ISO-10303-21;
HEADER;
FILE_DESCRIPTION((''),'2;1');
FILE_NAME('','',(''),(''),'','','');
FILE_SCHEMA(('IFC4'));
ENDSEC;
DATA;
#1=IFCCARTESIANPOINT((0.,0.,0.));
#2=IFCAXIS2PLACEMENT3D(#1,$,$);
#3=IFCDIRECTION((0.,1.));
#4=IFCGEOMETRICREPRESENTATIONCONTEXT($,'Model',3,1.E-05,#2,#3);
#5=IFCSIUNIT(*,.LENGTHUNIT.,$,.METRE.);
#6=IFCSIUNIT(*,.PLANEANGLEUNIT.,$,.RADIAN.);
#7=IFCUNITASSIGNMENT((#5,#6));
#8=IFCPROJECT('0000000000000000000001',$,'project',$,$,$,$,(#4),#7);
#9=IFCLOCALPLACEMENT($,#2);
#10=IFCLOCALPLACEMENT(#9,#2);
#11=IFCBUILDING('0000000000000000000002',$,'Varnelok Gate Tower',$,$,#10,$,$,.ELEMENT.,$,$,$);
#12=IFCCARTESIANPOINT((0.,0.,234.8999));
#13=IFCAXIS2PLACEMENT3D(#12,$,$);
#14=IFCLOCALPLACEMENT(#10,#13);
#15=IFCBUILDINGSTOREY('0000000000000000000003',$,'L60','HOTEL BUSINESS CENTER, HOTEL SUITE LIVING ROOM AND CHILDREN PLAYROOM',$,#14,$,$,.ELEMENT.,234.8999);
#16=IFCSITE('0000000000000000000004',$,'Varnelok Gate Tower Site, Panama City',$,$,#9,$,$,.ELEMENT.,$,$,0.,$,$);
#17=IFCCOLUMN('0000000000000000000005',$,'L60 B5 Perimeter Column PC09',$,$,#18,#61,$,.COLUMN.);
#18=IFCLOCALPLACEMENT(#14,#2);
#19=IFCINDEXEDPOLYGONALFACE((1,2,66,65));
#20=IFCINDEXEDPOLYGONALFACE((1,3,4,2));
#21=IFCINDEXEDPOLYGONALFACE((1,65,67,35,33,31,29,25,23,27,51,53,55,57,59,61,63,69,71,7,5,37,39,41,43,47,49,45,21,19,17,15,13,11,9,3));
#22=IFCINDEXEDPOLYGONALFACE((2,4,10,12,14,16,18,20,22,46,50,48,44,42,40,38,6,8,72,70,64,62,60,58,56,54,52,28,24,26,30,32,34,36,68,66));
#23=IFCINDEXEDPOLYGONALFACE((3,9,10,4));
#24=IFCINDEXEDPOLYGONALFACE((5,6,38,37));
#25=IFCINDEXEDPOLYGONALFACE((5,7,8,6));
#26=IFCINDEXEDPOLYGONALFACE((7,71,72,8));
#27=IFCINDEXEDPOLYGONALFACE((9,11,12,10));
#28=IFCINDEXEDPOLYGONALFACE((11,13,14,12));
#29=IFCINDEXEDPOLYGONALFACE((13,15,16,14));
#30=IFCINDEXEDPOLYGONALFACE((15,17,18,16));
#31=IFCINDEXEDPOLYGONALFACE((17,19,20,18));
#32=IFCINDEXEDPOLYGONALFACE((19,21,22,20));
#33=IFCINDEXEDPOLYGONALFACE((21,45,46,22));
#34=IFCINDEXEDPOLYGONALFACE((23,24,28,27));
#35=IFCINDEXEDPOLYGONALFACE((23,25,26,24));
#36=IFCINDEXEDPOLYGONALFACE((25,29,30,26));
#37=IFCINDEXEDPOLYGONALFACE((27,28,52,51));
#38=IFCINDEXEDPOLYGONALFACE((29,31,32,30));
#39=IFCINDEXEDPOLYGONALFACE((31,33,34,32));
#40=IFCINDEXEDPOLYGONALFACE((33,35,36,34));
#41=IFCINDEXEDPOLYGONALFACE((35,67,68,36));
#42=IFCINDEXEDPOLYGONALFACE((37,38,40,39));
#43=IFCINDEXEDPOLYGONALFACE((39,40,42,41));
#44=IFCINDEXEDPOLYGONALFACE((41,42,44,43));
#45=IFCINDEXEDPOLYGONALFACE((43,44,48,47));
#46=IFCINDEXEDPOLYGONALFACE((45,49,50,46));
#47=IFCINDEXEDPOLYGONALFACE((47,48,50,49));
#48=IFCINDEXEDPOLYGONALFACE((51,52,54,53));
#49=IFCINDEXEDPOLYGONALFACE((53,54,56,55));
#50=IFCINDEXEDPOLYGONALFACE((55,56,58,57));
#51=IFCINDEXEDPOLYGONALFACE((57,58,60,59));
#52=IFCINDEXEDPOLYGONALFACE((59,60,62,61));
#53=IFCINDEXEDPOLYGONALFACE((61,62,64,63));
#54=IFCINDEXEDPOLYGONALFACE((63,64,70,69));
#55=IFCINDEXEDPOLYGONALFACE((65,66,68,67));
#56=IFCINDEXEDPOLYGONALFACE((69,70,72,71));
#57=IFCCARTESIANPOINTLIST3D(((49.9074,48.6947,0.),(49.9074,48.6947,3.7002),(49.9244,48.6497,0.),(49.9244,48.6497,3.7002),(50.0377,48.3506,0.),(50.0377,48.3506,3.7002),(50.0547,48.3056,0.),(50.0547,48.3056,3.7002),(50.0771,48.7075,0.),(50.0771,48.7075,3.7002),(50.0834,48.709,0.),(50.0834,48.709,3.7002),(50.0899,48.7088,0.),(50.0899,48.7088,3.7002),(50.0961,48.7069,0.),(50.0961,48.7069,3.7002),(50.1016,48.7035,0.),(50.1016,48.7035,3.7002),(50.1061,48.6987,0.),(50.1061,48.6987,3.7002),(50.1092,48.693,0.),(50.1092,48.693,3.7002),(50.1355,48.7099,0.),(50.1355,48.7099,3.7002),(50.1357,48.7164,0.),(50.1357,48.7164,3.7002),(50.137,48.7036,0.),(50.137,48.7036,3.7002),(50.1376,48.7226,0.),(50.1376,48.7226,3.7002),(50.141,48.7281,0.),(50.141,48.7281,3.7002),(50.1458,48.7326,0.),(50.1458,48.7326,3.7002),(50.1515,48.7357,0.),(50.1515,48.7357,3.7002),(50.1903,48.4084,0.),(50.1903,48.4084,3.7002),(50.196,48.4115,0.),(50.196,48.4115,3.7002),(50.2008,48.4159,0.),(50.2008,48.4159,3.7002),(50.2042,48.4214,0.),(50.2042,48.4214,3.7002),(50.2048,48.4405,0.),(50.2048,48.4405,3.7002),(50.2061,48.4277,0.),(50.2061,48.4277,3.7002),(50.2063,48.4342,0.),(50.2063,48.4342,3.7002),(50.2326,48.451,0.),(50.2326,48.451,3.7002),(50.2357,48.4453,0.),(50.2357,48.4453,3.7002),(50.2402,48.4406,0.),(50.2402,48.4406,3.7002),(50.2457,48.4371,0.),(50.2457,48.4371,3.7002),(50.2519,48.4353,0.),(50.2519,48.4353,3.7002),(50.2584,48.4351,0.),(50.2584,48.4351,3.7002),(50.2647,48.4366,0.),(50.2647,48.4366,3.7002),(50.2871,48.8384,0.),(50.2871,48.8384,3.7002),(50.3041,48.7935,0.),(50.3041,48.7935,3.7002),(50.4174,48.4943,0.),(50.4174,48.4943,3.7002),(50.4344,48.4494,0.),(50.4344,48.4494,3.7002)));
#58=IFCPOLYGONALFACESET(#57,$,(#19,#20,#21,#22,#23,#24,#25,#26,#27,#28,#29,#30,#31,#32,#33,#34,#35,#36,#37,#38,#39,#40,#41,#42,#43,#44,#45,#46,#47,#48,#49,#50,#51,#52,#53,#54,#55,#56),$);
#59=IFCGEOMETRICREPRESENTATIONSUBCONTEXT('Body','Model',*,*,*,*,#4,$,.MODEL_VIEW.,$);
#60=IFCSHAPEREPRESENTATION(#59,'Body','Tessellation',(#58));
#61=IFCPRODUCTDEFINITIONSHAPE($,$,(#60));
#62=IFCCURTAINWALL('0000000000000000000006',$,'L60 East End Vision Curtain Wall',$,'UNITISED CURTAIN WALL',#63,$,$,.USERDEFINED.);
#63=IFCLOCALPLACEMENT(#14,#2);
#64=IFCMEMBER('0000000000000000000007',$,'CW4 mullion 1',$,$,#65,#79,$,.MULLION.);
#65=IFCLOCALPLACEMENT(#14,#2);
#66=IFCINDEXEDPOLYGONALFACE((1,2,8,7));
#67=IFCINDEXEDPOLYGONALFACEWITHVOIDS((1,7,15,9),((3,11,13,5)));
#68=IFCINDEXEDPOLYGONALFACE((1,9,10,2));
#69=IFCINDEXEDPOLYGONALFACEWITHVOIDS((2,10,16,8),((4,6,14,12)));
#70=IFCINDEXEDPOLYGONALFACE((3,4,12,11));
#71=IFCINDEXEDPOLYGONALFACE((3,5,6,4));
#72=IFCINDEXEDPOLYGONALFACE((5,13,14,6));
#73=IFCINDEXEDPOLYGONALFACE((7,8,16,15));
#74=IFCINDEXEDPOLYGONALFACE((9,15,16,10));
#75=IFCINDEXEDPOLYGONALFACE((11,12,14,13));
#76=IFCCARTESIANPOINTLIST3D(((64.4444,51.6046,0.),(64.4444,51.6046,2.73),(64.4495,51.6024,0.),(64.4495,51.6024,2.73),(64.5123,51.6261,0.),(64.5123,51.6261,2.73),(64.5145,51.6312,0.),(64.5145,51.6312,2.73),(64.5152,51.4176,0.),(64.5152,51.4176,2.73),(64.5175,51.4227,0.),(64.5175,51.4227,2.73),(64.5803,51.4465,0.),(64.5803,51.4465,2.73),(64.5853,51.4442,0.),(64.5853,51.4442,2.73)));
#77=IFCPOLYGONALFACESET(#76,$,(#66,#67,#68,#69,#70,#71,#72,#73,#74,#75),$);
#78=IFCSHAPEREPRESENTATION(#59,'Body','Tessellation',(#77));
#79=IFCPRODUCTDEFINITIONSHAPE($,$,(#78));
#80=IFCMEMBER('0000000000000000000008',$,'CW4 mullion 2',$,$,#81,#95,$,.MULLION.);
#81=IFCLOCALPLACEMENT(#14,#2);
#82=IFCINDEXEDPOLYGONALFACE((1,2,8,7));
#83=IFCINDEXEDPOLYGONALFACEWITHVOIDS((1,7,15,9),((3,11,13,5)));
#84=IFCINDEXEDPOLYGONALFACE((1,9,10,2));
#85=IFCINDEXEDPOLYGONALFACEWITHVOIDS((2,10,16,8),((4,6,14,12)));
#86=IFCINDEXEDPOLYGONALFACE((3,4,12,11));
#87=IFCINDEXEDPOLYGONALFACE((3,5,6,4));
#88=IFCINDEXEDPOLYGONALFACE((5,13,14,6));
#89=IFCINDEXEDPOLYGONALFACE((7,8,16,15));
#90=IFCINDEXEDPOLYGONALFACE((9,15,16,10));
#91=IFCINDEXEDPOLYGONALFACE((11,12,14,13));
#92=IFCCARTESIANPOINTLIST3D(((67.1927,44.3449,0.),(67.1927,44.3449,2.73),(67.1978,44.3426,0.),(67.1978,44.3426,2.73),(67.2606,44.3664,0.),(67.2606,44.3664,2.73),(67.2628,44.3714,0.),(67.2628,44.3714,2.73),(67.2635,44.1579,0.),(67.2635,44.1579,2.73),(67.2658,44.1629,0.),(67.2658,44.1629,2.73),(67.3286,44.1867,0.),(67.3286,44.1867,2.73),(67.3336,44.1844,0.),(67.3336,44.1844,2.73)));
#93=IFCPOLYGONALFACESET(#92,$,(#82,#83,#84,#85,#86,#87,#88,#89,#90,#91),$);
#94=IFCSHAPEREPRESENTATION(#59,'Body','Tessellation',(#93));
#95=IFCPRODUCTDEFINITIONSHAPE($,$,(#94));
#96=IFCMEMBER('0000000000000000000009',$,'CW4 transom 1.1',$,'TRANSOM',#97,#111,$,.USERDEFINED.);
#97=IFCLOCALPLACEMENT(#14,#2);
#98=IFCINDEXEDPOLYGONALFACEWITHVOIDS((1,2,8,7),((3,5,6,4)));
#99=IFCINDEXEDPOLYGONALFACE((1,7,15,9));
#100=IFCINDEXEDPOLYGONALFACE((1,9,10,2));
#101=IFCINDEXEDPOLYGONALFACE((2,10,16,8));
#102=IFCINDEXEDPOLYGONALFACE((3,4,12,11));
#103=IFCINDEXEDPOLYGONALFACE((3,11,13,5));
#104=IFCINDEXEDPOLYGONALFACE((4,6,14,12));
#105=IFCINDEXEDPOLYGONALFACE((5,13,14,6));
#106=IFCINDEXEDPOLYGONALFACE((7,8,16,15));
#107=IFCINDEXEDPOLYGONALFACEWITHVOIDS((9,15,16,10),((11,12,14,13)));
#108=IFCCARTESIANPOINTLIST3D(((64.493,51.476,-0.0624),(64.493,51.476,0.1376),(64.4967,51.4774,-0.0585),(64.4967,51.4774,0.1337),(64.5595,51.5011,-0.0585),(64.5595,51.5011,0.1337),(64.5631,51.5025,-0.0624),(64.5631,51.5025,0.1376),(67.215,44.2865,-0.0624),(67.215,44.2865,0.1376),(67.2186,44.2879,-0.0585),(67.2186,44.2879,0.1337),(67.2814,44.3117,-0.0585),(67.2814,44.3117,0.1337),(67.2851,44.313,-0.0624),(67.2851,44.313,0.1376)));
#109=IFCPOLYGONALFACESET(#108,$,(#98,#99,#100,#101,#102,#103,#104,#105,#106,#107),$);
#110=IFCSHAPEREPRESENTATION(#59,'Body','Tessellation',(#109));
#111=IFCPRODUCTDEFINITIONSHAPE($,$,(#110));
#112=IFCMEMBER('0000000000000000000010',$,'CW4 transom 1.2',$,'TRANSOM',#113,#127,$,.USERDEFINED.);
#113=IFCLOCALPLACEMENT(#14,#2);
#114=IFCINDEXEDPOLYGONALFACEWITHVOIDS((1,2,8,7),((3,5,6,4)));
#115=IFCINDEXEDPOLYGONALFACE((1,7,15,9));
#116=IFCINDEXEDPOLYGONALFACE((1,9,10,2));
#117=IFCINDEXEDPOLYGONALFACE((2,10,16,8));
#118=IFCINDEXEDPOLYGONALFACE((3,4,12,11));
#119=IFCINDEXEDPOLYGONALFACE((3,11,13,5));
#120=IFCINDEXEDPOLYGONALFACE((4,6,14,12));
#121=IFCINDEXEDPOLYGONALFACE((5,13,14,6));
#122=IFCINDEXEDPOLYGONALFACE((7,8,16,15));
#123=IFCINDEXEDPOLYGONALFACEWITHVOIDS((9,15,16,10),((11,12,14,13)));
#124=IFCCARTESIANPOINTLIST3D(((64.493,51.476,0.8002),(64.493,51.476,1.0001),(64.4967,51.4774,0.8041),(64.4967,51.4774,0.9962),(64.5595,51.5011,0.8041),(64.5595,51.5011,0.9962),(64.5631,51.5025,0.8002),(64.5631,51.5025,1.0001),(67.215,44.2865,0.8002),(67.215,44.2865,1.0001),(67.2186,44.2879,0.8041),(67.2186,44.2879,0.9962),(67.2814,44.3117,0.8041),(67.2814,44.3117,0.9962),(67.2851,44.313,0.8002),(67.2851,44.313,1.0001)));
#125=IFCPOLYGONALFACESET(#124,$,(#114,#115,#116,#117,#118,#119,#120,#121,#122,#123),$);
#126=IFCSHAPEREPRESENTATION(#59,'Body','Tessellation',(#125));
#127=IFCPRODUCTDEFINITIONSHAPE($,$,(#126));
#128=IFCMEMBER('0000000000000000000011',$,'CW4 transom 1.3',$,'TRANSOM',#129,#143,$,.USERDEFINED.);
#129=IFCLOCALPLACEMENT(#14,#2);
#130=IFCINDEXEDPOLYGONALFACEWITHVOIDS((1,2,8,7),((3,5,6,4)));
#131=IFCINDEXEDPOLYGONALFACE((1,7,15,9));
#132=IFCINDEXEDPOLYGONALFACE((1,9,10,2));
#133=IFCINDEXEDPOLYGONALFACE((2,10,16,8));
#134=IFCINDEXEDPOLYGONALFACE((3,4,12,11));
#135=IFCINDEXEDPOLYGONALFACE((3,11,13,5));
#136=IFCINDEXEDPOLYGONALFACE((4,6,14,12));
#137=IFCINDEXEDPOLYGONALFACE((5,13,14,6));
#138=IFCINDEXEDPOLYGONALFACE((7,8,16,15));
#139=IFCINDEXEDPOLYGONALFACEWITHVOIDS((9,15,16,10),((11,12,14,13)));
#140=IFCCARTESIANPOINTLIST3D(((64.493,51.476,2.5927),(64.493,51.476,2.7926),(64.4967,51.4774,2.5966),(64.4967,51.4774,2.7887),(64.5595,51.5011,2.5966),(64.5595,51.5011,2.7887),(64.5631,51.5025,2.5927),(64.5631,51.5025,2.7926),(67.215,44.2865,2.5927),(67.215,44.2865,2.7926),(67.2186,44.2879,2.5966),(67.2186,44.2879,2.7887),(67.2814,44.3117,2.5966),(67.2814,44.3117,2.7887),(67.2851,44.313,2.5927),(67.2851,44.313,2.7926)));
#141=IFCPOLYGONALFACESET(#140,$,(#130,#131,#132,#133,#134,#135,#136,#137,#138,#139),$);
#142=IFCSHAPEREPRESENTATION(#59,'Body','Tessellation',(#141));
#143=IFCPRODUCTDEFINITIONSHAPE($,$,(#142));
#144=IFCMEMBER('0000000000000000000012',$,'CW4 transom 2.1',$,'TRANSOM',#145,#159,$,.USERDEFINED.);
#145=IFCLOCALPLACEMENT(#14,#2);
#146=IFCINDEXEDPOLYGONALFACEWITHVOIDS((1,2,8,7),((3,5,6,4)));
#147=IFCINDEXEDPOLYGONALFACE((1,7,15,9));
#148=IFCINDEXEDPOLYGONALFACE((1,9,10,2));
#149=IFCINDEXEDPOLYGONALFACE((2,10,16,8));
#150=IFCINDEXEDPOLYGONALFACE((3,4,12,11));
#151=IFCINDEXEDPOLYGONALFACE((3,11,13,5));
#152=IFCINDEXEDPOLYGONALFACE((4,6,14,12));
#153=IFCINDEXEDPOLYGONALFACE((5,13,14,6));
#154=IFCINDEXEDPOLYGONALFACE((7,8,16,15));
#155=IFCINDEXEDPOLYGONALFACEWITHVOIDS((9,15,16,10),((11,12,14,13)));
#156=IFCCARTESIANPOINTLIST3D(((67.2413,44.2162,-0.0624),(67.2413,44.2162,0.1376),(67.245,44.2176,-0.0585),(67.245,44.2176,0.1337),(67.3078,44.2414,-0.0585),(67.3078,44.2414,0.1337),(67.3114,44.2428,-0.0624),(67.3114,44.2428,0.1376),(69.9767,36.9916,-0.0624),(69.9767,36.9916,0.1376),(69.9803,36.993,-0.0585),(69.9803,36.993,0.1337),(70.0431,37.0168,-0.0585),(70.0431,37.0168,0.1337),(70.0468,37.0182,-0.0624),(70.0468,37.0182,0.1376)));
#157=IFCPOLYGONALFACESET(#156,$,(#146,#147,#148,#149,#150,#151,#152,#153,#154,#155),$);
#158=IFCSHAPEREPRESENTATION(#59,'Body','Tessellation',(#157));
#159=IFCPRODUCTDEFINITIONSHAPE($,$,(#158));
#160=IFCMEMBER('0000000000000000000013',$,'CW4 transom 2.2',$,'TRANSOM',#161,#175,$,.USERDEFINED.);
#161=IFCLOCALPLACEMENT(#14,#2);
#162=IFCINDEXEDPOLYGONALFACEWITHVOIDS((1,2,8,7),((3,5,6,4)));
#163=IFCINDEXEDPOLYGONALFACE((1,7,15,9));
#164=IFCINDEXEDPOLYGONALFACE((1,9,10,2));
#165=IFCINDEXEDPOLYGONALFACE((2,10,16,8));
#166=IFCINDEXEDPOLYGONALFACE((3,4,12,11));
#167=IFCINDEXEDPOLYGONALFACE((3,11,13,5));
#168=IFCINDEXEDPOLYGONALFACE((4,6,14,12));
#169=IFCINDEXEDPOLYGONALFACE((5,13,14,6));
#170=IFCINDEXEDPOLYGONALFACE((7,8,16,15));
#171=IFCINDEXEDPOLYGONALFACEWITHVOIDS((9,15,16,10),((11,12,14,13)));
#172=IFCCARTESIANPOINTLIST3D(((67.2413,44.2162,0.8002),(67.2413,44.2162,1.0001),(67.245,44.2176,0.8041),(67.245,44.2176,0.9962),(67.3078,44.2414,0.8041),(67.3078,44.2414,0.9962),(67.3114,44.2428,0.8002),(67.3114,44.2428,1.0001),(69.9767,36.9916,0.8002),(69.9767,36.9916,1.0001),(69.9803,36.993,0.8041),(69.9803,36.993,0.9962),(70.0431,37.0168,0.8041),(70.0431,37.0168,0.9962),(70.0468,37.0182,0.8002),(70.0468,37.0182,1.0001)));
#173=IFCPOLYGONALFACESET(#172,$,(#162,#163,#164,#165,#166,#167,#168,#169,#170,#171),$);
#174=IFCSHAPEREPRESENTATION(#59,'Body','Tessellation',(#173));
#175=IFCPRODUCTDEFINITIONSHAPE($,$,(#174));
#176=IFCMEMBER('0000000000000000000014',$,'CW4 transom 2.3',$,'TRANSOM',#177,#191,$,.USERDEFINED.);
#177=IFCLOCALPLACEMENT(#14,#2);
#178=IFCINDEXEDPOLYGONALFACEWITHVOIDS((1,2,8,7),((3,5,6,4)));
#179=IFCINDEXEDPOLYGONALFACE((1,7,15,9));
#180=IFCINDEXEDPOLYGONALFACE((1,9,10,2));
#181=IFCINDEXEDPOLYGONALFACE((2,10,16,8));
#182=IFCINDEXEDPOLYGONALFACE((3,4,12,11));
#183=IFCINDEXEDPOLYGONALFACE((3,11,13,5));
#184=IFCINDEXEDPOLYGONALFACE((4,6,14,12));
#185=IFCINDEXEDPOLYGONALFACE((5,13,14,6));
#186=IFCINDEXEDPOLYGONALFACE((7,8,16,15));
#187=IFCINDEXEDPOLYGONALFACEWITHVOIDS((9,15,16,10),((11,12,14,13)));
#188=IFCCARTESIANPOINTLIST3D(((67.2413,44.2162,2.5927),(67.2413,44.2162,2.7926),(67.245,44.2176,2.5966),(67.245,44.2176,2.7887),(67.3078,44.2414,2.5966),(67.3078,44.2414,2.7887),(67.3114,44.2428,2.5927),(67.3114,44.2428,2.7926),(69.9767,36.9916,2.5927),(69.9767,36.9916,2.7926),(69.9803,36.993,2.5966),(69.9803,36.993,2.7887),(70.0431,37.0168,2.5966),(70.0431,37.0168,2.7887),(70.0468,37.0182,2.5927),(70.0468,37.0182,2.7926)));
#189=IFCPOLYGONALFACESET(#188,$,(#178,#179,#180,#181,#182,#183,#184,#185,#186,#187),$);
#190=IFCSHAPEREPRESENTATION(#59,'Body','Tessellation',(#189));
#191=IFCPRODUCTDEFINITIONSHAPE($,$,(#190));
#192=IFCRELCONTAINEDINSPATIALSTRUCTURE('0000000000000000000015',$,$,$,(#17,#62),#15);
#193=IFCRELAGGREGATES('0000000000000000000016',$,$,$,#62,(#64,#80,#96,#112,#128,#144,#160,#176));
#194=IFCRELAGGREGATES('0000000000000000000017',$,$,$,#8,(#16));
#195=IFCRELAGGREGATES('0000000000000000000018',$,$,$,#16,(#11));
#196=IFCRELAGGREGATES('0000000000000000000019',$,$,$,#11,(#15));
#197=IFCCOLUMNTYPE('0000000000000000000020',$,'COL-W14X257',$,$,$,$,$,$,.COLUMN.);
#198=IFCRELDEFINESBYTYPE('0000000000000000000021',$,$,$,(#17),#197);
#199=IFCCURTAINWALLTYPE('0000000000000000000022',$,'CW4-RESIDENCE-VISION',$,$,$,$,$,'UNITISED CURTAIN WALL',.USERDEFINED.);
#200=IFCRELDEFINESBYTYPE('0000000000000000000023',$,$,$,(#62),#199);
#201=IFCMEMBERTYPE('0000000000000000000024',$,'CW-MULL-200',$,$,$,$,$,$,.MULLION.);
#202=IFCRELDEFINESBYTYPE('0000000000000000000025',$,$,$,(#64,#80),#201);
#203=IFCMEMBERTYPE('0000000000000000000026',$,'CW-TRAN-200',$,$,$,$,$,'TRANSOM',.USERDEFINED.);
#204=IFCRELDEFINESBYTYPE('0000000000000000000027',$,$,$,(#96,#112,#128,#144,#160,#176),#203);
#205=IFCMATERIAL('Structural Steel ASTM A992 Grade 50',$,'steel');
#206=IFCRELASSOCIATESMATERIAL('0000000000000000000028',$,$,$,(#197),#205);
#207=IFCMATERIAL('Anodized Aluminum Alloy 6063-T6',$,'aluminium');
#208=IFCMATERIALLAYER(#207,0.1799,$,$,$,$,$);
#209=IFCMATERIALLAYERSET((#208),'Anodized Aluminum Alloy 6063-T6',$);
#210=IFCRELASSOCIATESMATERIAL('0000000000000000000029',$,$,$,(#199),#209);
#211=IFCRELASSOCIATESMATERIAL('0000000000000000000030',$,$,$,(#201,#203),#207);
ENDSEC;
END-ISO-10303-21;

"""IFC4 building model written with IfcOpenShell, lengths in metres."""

from ifc_helpers import new_model, si_unit, direction, frame, origin, origin_2d, place, context, subcontext, project, spatial, hollow_rectangle, i_section, extrude, material, layer, layer_set, material_profile, profile_set, type_object, element, aggregate, save


model = new_model("IFC4")

# Units and contexts
model_context = context("Model", 3, precision=1e-05, world=origin(), true_north=direction((0.0, 1.0)))
body_context = subcontext(model_context, "Body", "Model", "MODEL_VIEW")
ifc_project = project(units=[si_unit("LENGTHUNIT", "METRE"), si_unit("PLANEANGLEUNIT", "RADIAN")], contexts=[model_context])

# Site, building, storey
site_placement = place(None, origin())
site = spatial("IfcSite", under=ifc_project, at=site_placement, Name="Varnelok Gate Tower Site, Panama City", CompositionType="ELEMENT", RefElevation=0.0)
building_placement = place(site_placement, origin())
building = spatial("IfcBuilding", under=site, at=building_placement, Name="Varnelok Gate Tower", CompositionType="ELEMENT")
storey_placement = place(building_placement, frame((0.0, 0.0, 234.8999)))
storey = spatial("IfcBuildingStorey", under=building, at=storey_placement, Name="L60", Description="HOTEL BUSINESS CENTER, HOTEL SUITE LIVING ROOM AND CHILDREN PLAYROOM", CompositionType="ELEMENT", Elevation=234.8999)

# Column
ifc_material_1 = material(Name="Structural Steel ASTM A992 Grade 50", Category="steel")
ifc_material_profile_1 = material_profile(ifc_material_1, i_section(OverallWidth=0.406, OverallDepth=0.416, WebThickness=0.0298, FlangeThickness=0.0481, FilletRadius=0.0249, at=origin_2d()), Name="W14X257")
ifc_profile_set_1 = profile_set([ifc_material_profile_1], Name="Structural Steel ASTM A992 Grade 50")
column_type = type_object("IfcColumnType", Name="COL-W14X257", PredefinedType="COLUMN", material=ifc_profile_set_1)
column_placement = place(storey_placement, frame((50.1709, 48.572, 0.0), z_axis=(0.0, 0.0, 1.0), x_axis=(0.935222, 0.354063, 0.0)))
element("IfcColumn", 1, at=column_placement, inside=storey, type_object=column_type, Name="L60 B5 Perimeter Column PC09", PredefinedType="COLUMN", context=body_context, shape_type="SweptSolid", body=[
    extrude(i_section(OverallWidth=0.406, OverallDepth=0.416, WebThickness=0.0298, FlangeThickness=0.0481, FilletRadius=0.0249, at=origin_2d()), origin(), (0.0, 0.0, 1.0), 3.7002),
])

# Curtain wall, members
ifc_material_2 = material(Name="Anodized Aluminum Alloy 6063-T6", Category="aluminium")
ifc_layer_1 = layer(ifc_material_2, 0.1799)
ifc_layer_set_1 = layer_set([ifc_layer_1], Name="Anodized Aluminum Alloy 6063-T6")
curtain_wall_type = type_object("IfcCurtainWallType", Name="CW4-RESIDENCE-VISION", ElementType="UNITISED CURTAIN WALL", PredefinedType="USERDEFINED", material=ifc_layer_set_1)
curtain_wall_placement = place(storey_placement, origin())
curtain_wall = element("IfcCurtainWall", 2, at=curtain_wall_placement, inside=storey, type_object=curtain_wall_type, Name="L60 East End Vision Curtain Wall", ObjectType="UNITISED CURTAIN WALL", PredefinedType="USERDEFINED")
ifc_material_profile_2 = material_profile(ifc_material_2, hollow_rectangle(XDim=0.075, YDim=0.2, WallThickness=0.0039, at=origin_2d()), Name="ALU200X75X4")
ifc_profile_set_2 = profile_set([ifc_material_profile_2], Name="Anodized Aluminum Alloy 6063-T6")
member_type_1 = type_object("IfcMemberType", Name="CW-MULL-200", PredefinedType="MULLION", material=ifc_profile_set_2)
member_1_placement = place(storey_placement, frame((64.5149, 51.5244, 0.0), z_axis=(0.0, 0.0, 1.0), x_axis=(0.935222, 0.354063, 0.0)))
member_1 = element("IfcMember", 3, at=member_1_placement, type_object=member_type_1, Name="CW4 mullion 1", PredefinedType="MULLION", context=body_context, shape_type="SweptSolid", body=[
    extrude(hollow_rectangle(XDim=0.075, YDim=0.2, WallThickness=0.0039, at=origin_2d()), origin(), (0.0, 0.0, 1.0), 2.73),
])
member_2_placement = place(storey_placement, frame((67.2632, 44.2646, 0.0), z_axis=(0.0, 0.0, 1.0), x_axis=(0.935222, 0.354063, 0.0)))
member_2 = element("IfcMember", 4, at=member_2_placement, type_object=member_type_1, Name="CW4 mullion 2", PredefinedType="MULLION", context=body_context, shape_type="SweptSolid", body=[
    extrude(hollow_rectangle(XDim=0.075, YDim=0.2, WallThickness=0.0039, at=origin_2d()), origin(), (0.0, 0.0, 1.0), 2.73),
])
ifc_material_profile_3 = material_profile(ifc_material_2, hollow_rectangle(XDim=0.075, YDim=0.2, WallThickness=0.0039, at=origin_2d()), Name="ALU200X75X4")
ifc_profile_set_3 = profile_set([ifc_material_profile_3], Name="Anodized Aluminum Alloy 6063-T6")
member_type_2 = type_object("IfcMemberType", Name="CW-TRAN-200", ElementType="TRANSOM", PredefinedType="USERDEFINED", material=ifc_profile_set_3)
member_3_placement = place(storey_placement, frame((64.5281, 51.4893, 0.0376), z_axis=(0.354073, -0.935218, 0.0), x_axis=(0.935218, 0.354073, 0.0)))
member_3 = element("IfcMember", 5, at=member_3_placement, type_object=member_type_2, Name="CW4 transom 1.1", ObjectType="TRANSOM", PredefinedType="USERDEFINED", context=body_context, shape_type="SweptSolid", body=[
    extrude(hollow_rectangle(XDim=0.075, YDim=0.2, WallThickness=0.0039, at=origin_2d()), origin(), (0.0, 0.0, 1.0), 7.6875),
])
member_4_placement = place(storey_placement, frame((64.5281, 51.4893, 0.9001), z_axis=(0.354073, -0.935218, 0.0), x_axis=(0.935218, 0.354073, 0.0)))
member_4 = element("IfcMember", 6, at=member_4_placement, type_object=member_type_2, Name="CW4 transom 1.2", ObjectType="TRANSOM", PredefinedType="USERDEFINED", context=body_context, shape_type="SweptSolid", body=[
    extrude(hollow_rectangle(XDim=0.075, YDim=0.2, WallThickness=0.0039, at=origin_2d()), origin(), (0.0, 0.0, 1.0), 7.6875),
])
member_5_placement = place(storey_placement, frame((64.5281, 51.4893, 2.6926), z_axis=(0.354073, -0.935218, 0.0), x_axis=(0.935218, 0.354073, 0.0)))
member_5 = element("IfcMember", 7, at=member_5_placement, type_object=member_type_2, Name="CW4 transom 1.3", ObjectType="TRANSOM", PredefinedType="USERDEFINED", context=body_context, shape_type="SweptSolid", body=[
    extrude(hollow_rectangle(XDim=0.075, YDim=0.2, WallThickness=0.0039, at=origin_2d()), origin(), (0.0, 0.0, 1.0), 7.6875),
])
member_6_placement = place(storey_placement, frame((67.2764, 44.2295, 0.0376), z_axis=(0.354086, -0.935213, 0.0), x_axis=(0.935213, 0.354086, 0.0)))
member_6 = element("IfcMember", 8, at=member_6_placement, type_object=member_type_2, Name="CW4 transom 2.1", ObjectType="TRANSOM", PredefinedType="USERDEFINED", context=body_context, shape_type="SweptSolid", body=[
    extrude(hollow_rectangle(XDim=0.075, YDim=0.2, WallThickness=0.0039, at=origin_2d()), origin(), (0.0, 0.0, 1.0), 7.7251),
])
member_7_placement = place(storey_placement, frame((67.2764, 44.2295, 0.9001), z_axis=(0.354086, -0.935213, 0.0), x_axis=(0.935213, 0.354086, 0.0)))
member_7 = element("IfcMember", 9, at=member_7_placement, type_object=member_type_2, Name="CW4 transom 2.2", ObjectType="TRANSOM", PredefinedType="USERDEFINED", context=body_context, shape_type="SweptSolid", body=[
    extrude(hollow_rectangle(XDim=0.075, YDim=0.2, WallThickness=0.0039, at=origin_2d()), origin(), (0.0, 0.0, 1.0), 7.7251),
])
member_8_placement = place(storey_placement, frame((67.2764, 44.2295, 2.6926), z_axis=(0.354086, -0.935213, 0.0), x_axis=(0.935213, 0.354086, 0.0)))
member_8 = element("IfcMember", 10, at=member_8_placement, type_object=member_type_2, Name="CW4 transom 2.3", ObjectType="TRANSOM", PredefinedType="USERDEFINED", context=body_context, shape_type="SweptSolid", body=[
    extrude(hollow_rectangle(XDim=0.075, YDim=0.2, WallThickness=0.0039, at=origin_2d()), origin(), (0.0, 0.0, 1.0), 7.7251),
])
aggregate(curtain_wall, [member_1, member_2, member_3, member_4, member_5, member_6, member_7, member_8])

save(model, "model.ifc")
